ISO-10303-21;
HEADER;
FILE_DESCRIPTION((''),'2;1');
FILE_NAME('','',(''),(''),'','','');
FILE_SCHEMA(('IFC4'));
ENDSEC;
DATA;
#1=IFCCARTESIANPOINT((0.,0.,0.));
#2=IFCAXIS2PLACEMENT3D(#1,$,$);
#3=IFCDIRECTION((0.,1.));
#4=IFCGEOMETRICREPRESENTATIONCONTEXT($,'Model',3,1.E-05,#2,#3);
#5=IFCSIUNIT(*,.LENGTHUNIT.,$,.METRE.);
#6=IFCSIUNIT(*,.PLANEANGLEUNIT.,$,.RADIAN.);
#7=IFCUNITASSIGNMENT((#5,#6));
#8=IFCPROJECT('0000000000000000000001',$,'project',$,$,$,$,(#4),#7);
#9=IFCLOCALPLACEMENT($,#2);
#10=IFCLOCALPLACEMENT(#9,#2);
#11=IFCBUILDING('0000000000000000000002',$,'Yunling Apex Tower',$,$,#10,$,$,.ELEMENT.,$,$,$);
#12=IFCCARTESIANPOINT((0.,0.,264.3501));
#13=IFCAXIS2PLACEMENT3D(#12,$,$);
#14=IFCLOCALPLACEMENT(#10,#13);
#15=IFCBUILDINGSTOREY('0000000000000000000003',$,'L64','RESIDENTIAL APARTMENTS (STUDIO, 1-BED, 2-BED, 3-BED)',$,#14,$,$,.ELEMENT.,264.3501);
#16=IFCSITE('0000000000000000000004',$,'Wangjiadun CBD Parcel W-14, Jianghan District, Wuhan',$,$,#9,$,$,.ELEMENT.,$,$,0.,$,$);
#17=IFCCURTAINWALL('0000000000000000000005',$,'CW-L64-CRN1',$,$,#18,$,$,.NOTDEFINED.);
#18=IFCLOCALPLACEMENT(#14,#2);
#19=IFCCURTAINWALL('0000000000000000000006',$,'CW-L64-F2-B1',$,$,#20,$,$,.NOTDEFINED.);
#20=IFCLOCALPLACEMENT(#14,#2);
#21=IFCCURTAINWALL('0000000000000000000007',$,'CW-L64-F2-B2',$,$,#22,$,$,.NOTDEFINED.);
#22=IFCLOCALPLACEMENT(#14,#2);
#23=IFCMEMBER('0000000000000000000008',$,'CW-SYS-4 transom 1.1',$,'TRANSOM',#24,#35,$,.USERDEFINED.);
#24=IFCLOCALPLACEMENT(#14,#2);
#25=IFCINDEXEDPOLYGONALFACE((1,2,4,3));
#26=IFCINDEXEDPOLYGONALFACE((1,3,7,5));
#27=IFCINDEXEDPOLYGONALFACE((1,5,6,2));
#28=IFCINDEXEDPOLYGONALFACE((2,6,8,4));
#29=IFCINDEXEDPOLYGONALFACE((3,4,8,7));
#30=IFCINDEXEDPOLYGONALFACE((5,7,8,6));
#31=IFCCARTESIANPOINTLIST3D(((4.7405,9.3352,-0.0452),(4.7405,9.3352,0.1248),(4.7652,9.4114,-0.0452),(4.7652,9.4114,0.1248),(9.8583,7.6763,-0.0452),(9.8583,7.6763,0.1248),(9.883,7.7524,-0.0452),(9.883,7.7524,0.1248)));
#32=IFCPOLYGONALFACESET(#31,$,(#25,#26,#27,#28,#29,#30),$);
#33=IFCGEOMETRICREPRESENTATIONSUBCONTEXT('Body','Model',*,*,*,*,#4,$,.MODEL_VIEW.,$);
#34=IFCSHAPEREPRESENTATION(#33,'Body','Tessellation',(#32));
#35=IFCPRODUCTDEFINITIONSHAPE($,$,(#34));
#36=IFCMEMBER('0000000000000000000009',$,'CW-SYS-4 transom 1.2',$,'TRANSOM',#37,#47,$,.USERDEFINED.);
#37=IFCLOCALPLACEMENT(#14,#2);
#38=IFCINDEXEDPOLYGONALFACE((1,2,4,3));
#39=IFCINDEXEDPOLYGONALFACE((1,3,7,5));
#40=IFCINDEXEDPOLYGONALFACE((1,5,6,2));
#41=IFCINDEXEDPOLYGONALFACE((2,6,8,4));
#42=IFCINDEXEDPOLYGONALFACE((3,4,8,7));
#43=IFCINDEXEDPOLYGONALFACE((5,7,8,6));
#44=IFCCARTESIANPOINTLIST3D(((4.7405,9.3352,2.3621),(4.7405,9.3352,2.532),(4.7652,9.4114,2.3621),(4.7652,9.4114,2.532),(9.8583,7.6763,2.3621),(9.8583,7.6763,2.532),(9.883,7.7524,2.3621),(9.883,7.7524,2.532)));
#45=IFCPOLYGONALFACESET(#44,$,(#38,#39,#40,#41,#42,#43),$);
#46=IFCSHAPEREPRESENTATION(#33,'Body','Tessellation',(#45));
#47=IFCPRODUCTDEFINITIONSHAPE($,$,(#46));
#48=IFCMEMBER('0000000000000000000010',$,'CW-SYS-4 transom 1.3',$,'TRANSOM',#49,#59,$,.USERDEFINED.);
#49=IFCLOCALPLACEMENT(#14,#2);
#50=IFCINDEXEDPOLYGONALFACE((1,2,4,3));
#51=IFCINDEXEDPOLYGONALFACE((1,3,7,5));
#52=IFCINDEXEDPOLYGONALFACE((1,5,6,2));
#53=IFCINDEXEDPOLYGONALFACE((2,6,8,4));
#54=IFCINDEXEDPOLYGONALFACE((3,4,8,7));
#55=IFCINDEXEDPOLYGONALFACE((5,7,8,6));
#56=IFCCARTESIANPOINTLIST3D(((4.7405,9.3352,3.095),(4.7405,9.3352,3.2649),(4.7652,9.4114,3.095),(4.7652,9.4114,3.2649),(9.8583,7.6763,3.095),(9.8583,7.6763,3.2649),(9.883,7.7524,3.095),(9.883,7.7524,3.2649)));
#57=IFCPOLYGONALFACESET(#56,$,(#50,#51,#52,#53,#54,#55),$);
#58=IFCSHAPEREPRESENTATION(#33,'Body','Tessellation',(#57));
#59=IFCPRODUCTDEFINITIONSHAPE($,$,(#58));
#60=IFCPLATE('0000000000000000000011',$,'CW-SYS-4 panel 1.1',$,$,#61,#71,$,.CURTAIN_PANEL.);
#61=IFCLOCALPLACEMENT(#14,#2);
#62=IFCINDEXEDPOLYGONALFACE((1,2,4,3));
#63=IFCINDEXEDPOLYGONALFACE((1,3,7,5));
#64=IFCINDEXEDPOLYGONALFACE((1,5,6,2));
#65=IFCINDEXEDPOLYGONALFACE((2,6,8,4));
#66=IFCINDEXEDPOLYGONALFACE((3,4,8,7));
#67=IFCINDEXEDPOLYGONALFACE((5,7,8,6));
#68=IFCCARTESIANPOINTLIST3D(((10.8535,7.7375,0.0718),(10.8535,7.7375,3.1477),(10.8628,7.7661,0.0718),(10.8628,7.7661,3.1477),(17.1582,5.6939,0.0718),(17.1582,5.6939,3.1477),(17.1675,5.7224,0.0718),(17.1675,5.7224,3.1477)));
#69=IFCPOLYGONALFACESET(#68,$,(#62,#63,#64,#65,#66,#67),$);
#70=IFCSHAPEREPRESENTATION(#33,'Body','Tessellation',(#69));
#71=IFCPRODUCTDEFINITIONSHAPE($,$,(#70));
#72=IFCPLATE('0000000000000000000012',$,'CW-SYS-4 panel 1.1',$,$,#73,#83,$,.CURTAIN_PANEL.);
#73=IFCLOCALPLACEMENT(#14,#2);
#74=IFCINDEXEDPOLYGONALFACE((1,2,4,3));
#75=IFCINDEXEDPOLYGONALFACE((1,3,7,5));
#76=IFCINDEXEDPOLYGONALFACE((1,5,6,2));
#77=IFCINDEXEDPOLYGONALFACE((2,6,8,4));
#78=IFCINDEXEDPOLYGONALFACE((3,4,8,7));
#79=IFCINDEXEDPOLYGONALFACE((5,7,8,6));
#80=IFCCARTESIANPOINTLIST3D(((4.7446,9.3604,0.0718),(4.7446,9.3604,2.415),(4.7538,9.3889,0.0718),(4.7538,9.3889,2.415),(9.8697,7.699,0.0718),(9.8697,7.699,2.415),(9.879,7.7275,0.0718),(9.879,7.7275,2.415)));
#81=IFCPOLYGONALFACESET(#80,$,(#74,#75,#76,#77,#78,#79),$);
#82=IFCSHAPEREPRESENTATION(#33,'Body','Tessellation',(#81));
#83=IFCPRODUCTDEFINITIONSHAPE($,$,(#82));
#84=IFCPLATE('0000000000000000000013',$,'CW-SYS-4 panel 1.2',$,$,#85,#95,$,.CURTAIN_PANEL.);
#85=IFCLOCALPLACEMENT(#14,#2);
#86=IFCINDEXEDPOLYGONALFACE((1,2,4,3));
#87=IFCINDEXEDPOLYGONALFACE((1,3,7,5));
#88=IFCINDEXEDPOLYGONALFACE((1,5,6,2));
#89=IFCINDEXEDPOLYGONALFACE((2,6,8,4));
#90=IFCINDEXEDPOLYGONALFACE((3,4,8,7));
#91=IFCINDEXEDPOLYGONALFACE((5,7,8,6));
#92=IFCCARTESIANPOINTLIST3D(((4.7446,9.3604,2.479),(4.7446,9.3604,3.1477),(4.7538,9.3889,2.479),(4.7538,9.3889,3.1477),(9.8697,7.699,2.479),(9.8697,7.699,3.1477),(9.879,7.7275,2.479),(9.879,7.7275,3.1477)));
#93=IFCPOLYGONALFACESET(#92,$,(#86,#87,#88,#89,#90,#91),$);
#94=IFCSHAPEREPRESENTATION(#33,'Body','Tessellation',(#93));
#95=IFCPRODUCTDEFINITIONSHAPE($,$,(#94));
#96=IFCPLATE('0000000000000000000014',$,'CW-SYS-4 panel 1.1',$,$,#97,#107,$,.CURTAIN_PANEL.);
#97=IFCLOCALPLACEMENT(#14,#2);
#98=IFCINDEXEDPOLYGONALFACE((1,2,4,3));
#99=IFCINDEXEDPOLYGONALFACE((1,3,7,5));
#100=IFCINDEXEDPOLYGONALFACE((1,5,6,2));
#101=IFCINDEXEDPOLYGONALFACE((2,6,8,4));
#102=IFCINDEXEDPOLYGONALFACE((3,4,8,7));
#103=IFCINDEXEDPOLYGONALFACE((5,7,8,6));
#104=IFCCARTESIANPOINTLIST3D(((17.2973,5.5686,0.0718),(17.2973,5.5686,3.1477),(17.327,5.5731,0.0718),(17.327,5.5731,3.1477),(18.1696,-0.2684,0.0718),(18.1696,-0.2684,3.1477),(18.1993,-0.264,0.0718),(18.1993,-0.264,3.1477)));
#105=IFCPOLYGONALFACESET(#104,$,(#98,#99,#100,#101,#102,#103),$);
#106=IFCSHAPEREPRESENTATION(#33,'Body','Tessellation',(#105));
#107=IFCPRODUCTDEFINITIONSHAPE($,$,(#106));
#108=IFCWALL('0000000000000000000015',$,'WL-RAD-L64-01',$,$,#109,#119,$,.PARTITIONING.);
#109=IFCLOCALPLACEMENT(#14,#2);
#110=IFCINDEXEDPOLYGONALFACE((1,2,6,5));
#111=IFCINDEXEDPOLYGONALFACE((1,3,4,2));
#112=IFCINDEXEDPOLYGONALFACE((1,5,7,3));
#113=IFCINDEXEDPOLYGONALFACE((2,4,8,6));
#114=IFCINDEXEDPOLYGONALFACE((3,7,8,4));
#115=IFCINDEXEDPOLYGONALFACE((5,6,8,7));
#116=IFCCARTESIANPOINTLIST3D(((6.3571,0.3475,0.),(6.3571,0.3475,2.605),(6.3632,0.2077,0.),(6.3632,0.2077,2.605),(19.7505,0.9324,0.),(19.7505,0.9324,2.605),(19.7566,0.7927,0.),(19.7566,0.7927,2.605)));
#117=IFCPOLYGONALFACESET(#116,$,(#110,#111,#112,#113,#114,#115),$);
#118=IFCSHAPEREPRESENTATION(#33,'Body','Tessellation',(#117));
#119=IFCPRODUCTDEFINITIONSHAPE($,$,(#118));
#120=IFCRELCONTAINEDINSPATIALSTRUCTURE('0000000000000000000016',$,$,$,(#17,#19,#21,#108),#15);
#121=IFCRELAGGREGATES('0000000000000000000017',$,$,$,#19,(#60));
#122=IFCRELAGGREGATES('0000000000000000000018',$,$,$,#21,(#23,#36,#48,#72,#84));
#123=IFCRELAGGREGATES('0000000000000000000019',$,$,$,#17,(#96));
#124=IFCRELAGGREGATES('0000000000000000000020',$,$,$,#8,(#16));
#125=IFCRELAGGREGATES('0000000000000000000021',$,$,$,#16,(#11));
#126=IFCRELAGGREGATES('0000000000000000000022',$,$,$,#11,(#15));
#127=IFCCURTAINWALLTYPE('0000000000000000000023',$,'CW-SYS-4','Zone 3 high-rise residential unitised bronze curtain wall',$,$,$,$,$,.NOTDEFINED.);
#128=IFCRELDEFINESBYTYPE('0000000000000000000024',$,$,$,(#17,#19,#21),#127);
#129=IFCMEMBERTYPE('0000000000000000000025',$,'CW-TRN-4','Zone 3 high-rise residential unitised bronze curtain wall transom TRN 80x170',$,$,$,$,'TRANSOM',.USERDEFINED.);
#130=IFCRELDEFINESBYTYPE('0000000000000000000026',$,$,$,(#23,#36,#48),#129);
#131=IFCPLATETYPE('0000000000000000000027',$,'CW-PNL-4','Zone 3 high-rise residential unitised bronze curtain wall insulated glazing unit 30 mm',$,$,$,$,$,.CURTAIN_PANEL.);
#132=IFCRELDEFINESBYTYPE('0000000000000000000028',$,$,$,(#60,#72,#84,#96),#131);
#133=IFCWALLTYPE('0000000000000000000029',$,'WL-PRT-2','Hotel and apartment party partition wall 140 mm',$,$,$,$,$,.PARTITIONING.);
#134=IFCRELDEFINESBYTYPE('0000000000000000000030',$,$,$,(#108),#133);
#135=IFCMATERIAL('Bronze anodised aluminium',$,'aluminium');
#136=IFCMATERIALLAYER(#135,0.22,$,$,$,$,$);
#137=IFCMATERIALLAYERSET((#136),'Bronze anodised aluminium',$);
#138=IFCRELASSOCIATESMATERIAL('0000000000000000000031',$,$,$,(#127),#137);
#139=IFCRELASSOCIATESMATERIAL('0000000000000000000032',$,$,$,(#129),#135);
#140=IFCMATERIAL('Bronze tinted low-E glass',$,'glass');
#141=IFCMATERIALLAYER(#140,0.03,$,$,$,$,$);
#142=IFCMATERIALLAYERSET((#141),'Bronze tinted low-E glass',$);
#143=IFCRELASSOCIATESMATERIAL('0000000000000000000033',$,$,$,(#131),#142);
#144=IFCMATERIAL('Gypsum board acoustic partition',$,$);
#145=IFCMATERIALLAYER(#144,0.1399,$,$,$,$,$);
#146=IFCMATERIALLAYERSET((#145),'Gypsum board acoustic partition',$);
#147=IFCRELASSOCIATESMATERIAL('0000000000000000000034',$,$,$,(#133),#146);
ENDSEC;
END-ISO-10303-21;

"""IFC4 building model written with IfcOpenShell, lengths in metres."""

from ifc_helpers import new_model, si_unit, direction, frame, frame_2d, origin, origin_2d, place, context, subcontext, project, spatial, rectangle, extrude, source, transform, mapped, material, layer, layer_set, material_profile, profile_set, type_object, element, aggregate, save


model = new_model("IFC4")

# Units and contexts
model_context = context("Model", 3, precision=1e-05, world=origin(), true_north=direction((0.0, 1.0)))
body_context = subcontext(model_context, "Body", "Model", "MODEL_VIEW")
ifc_project = project(units=[si_unit("LENGTHUNIT", "METRE"), si_unit("PLANEANGLEUNIT", "RADIAN")], contexts=[model_context])

# Site, building, storey
site_placement = place(None, origin())
site = spatial("IfcSite", under=ifc_project, at=site_placement, Name="Wangjiadun CBD Parcel W-14, Jianghan District, Wuhan", CompositionType="ELEMENT", RefElevation=0.0)
building_placement = place(site_placement, origin())
building = spatial("IfcBuilding", under=site, at=building_placement, Name="Yunling Apex Tower", CompositionType="ELEMENT")
storey_placement = place(building_placement, frame((0.0, 0.0, 264.3501)))
storey = spatial("IfcBuildingStorey", under=building, at=storey_placement, Name="L64", Description="RESIDENTIAL APARTMENTS (STUDIO, 1-BED, 2-BED, 3-BED)", CompositionType="ELEMENT", Elevation=264.3501)

# Curtain wall
ifc_material_1 = material(Name="Bronze anodised aluminium", Category="aluminium")
ifc_layer_1 = layer(ifc_material_1, 0.22)
ifc_layer_set_1 = layer_set([ifc_layer_1], Name="Bronze anodised aluminium")
curtain_wall_type = type_object("IfcCurtainWallType", Name="CW-SYS-4", Description="Zone 3 high-rise residential unitised bronze curtain wall", PredefinedType="NOTDEFINED", material=ifc_layer_set_1)
curtain_wall_1_placement = place(storey_placement, origin())
curtain_wall_1 = element("IfcCurtainWall", 1, at=curtain_wall_1_placement, inside=storey, type_object=curtain_wall_type, Name="CW-L64-CRN1", PredefinedType="NOTDEFINED")

# Curtain wall
curtain_wall_2_placement = place(storey_placement, origin())
curtain_wall_2 = element("IfcCurtainWall", 2, at=curtain_wall_2_placement, inside=storey, type_object=curtain_wall_type, Name="CW-L64-F2-B1", PredefinedType="NOTDEFINED")

# Curtain wall
curtain_wall_3_placement = place(storey_placement, origin())
curtain_wall_3 = element("IfcCurtainWall", 3, at=curtain_wall_3_placement, inside=storey, type_object=curtain_wall_type, Name="CW-L64-F2-B2", PredefinedType="NOTDEFINED")

# Members
ifc_material_profile_1 = material_profile(ifc_material_1, rectangle(XDim=0.0801, YDim=0.1699, at=origin_2d()))
ifc_profile_set_1 = profile_set([ifc_material_profile_1], Name="Bronze anodised aluminium")
member_type_1 = type_object("IfcMemberType", Name="CW-TRN-4", Description="Zone 3 high-rise residential unitised bronze curtain wall transom TRN 80x170", ElementType="TRANSOM", PredefinedType="USERDEFINED", material=ifc_profile_set_1)
shared_shape_1 = source(origin(), body_context, "Body", "SweptSolid", [
    extrude(rectangle(XDim=0.0801, YDim=0.1699, at=origin_2d()), origin(), (0.0, 0.0, 1.0), 5.3799),
])
member_1_placement = place(storey_placement, frame((9.8706, 7.7144, 0.0398), z_axis=(-0.951269, 0.308362, 0.0), x_axis=(-0.308362, -0.951269, 0.0)))
member_1 = element("IfcMember", 4, at=member_1_placement, type_object=member_type_1, Name="CW-SYS-4 transom 1.1", ObjectType="TRANSOM", PredefinedType="USERDEFINED", context=body_context, shape_type="MappedRepresentation", body=[
    mapped(shared_shape_1, transform((0.0, 0.0, 0.0), scale=1.0)),
])
member_2_placement = place(storey_placement, frame((9.8706, 7.7144, 2.447), z_axis=(-0.951269, 0.308362, 0.0), x_axis=(-0.308362, -0.951269, 0.0)))
member_2 = element("IfcMember", 5, at=member_2_placement, type_object=member_type_1, Name="CW-SYS-4 transom 1.2", ObjectType="TRANSOM", PredefinedType="USERDEFINED", context=body_context, shape_type="MappedRepresentation", body=[
    mapped(shared_shape_1, transform((0.0, 0.0, 0.0), scale=1.0)),
])
member_3_placement = place(storey_placement, frame((9.8706, 7.7144, 3.1799), z_axis=(-0.951269, 0.308362, 0.0), x_axis=(-0.308362, -0.951269, 0.0)))
member_3 = element("IfcMember", 6, at=member_3_placement, type_object=member_type_1, Name="CW-SYS-4 transom 1.3", ObjectType="TRANSOM", PredefinedType="USERDEFINED", context=body_context, shape_type="MappedRepresentation", body=[
    mapped(shared_shape_1, transform((0.0, 0.0, 0.0), scale=1.0)),
])

# Plates
ifc_material_2 = material(Name="Bronze tinted low-E glass", Category="glass")
ifc_layer_2 = layer(ifc_material_2, 0.03)
ifc_layer_set_2 = layer_set([ifc_layer_2], Name="Bronze tinted low-E glass")
plate_type = type_object("IfcPlateType", Name="CW-PNL-4", Description="Zone 3 high-rise residential unitised bronze curtain wall insulated glazing unit 30 mm", PredefinedType="CURTAIN_PANEL", material=ifc_layer_set_2)
shared_shape_2 = source(origin(), body_context, "Body", "SweptSolid", [
    extrude(rectangle(XDim=6.6277, YDim=0.03, at=origin_2d()), origin(), (0.0, 0.0, 1.0), 3.0759),
])
plate_1_placement = place(storey_placement, frame((14.0105, 6.73, 0.0718), z_axis=(0.0, 0.0, 1.0), x_axis=(-0.951272, 0.308353, 0.0)))
plate_1 = element("IfcPlate", 7, at=plate_1_placement, type_object=plate_type, Name="CW-SYS-4 panel 1.1", PredefinedType="CURTAIN_PANEL", context=body_context, shape_type="MappedRepresentation", body=[
    mapped(shared_shape_2, transform((0.0, 0.0, 0.0), scale=1.0)),
])
aggregate(curtain_wall_2, [plate_1])
shared_shape_3 = source(origin(), body_context, "Body", "SweptSolid", [
    extrude(rectangle(XDim=5.3877, YDim=0.03, at=origin_2d()), origin(), (0.0, 0.0, 1.0), 2.3433),
])
plate_2_placement = place(storey_placement, frame((7.3118, 8.5439, 0.0718), z_axis=(0.0, 0.0, 1.0), x_axis=(-0.951267, 0.308369, 0.0)))
plate_2 = element("IfcPlate", 8, at=plate_2_placement, type_object=plate_type, Name="CW-SYS-4 panel 1.1", PredefinedType="CURTAIN_PANEL", context=body_context, shape_type="MappedRepresentation", body=[
    mapped(shared_shape_3, transform((0.0, 0.0, 0.0), scale=1.0)),
])
shared_shape_4 = source(origin(), body_context, "Body", "SweptSolid", [
    extrude(rectangle(XDim=5.3877, YDim=0.03, at=origin_2d()), origin(), (0.0, 0.0, 1.0), 0.6687),
])
plate_3_placement = place(storey_placement, frame((7.3118, 8.5439, 2.479), z_axis=(0.0, 0.0, 1.0), x_axis=(-0.951267, 0.308369, 0.0)))
plate_3 = element("IfcPlate", 9, at=plate_3_placement, type_object=plate_type, Name="CW-SYS-4 panel 1.2", PredefinedType="CURTAIN_PANEL", context=body_context, shape_type="MappedRepresentation", body=[
    mapped(shared_shape_4, transform((0.0, 0.0, 0.0), scale=1.0)),
])
aggregate(curtain_wall_3, [member_1, member_2, member_3, plate_2, plate_3])
shared_shape_5 = source(origin(), body_context, "Body", "SweptSolid", [
    extrude(rectangle(XDim=5.9019, YDim=0.03, at=origin_2d()), origin(), (0.0, 0.0, 1.0), 3.0759),
])
plate_4_placement = place(storey_placement, frame((17.7483, 2.6523, 0.0718), z_axis=(0.0, 0.0, 1.0), x_axis=(-0.147803, 0.989017, 0.0)))
plate_4 = element("IfcPlate", 10, at=plate_4_placement, type_object=plate_type, Name="CW-SYS-4 panel 1.1", PredefinedType="CURTAIN_PANEL", context=body_context, shape_type="MappedRepresentation", body=[
    mapped(shared_shape_5, transform((0.0, 0.0, 0.0), scale=1.0)),
])
aggregate(curtain_wall_1, [plate_4])

# Wall
ifc_material_3 = material(Name="Gypsum board acoustic partition")
ifc_layer_3 = layer(ifc_material_3, 0.1399)
ifc_layer_set_3 = layer_set([ifc_layer_3], Name="Gypsum board acoustic partition")
wall_type = type_object("IfcWallType", Name="WL-PRT-2", Description="Hotel and apartment party partition wall 140 mm", PredefinedType="PARTITIONING", material=ifc_layer_set_3)
wall_placement = place(storey_placement, frame((6.3601, 0.2776, 0.0), z_axis=(0.0, 0.0, 1.0), x_axis=(0.999048, 0.043633, 0.0)))
element("IfcWall", 11, at=wall_placement, inside=storey, type_object=wall_type, Name="WL-RAD-L64-01", PredefinedType="PARTITIONING", context=body_context, shape_type="SweptSolid", body=[
    extrude(rectangle(XDim=13.4062, YDim=0.1399, at=frame_2d((6.7031, 0.0))), origin(), (0.0, 0.0, 1.0), 2.605),
])

save(model, "model.ifc")
